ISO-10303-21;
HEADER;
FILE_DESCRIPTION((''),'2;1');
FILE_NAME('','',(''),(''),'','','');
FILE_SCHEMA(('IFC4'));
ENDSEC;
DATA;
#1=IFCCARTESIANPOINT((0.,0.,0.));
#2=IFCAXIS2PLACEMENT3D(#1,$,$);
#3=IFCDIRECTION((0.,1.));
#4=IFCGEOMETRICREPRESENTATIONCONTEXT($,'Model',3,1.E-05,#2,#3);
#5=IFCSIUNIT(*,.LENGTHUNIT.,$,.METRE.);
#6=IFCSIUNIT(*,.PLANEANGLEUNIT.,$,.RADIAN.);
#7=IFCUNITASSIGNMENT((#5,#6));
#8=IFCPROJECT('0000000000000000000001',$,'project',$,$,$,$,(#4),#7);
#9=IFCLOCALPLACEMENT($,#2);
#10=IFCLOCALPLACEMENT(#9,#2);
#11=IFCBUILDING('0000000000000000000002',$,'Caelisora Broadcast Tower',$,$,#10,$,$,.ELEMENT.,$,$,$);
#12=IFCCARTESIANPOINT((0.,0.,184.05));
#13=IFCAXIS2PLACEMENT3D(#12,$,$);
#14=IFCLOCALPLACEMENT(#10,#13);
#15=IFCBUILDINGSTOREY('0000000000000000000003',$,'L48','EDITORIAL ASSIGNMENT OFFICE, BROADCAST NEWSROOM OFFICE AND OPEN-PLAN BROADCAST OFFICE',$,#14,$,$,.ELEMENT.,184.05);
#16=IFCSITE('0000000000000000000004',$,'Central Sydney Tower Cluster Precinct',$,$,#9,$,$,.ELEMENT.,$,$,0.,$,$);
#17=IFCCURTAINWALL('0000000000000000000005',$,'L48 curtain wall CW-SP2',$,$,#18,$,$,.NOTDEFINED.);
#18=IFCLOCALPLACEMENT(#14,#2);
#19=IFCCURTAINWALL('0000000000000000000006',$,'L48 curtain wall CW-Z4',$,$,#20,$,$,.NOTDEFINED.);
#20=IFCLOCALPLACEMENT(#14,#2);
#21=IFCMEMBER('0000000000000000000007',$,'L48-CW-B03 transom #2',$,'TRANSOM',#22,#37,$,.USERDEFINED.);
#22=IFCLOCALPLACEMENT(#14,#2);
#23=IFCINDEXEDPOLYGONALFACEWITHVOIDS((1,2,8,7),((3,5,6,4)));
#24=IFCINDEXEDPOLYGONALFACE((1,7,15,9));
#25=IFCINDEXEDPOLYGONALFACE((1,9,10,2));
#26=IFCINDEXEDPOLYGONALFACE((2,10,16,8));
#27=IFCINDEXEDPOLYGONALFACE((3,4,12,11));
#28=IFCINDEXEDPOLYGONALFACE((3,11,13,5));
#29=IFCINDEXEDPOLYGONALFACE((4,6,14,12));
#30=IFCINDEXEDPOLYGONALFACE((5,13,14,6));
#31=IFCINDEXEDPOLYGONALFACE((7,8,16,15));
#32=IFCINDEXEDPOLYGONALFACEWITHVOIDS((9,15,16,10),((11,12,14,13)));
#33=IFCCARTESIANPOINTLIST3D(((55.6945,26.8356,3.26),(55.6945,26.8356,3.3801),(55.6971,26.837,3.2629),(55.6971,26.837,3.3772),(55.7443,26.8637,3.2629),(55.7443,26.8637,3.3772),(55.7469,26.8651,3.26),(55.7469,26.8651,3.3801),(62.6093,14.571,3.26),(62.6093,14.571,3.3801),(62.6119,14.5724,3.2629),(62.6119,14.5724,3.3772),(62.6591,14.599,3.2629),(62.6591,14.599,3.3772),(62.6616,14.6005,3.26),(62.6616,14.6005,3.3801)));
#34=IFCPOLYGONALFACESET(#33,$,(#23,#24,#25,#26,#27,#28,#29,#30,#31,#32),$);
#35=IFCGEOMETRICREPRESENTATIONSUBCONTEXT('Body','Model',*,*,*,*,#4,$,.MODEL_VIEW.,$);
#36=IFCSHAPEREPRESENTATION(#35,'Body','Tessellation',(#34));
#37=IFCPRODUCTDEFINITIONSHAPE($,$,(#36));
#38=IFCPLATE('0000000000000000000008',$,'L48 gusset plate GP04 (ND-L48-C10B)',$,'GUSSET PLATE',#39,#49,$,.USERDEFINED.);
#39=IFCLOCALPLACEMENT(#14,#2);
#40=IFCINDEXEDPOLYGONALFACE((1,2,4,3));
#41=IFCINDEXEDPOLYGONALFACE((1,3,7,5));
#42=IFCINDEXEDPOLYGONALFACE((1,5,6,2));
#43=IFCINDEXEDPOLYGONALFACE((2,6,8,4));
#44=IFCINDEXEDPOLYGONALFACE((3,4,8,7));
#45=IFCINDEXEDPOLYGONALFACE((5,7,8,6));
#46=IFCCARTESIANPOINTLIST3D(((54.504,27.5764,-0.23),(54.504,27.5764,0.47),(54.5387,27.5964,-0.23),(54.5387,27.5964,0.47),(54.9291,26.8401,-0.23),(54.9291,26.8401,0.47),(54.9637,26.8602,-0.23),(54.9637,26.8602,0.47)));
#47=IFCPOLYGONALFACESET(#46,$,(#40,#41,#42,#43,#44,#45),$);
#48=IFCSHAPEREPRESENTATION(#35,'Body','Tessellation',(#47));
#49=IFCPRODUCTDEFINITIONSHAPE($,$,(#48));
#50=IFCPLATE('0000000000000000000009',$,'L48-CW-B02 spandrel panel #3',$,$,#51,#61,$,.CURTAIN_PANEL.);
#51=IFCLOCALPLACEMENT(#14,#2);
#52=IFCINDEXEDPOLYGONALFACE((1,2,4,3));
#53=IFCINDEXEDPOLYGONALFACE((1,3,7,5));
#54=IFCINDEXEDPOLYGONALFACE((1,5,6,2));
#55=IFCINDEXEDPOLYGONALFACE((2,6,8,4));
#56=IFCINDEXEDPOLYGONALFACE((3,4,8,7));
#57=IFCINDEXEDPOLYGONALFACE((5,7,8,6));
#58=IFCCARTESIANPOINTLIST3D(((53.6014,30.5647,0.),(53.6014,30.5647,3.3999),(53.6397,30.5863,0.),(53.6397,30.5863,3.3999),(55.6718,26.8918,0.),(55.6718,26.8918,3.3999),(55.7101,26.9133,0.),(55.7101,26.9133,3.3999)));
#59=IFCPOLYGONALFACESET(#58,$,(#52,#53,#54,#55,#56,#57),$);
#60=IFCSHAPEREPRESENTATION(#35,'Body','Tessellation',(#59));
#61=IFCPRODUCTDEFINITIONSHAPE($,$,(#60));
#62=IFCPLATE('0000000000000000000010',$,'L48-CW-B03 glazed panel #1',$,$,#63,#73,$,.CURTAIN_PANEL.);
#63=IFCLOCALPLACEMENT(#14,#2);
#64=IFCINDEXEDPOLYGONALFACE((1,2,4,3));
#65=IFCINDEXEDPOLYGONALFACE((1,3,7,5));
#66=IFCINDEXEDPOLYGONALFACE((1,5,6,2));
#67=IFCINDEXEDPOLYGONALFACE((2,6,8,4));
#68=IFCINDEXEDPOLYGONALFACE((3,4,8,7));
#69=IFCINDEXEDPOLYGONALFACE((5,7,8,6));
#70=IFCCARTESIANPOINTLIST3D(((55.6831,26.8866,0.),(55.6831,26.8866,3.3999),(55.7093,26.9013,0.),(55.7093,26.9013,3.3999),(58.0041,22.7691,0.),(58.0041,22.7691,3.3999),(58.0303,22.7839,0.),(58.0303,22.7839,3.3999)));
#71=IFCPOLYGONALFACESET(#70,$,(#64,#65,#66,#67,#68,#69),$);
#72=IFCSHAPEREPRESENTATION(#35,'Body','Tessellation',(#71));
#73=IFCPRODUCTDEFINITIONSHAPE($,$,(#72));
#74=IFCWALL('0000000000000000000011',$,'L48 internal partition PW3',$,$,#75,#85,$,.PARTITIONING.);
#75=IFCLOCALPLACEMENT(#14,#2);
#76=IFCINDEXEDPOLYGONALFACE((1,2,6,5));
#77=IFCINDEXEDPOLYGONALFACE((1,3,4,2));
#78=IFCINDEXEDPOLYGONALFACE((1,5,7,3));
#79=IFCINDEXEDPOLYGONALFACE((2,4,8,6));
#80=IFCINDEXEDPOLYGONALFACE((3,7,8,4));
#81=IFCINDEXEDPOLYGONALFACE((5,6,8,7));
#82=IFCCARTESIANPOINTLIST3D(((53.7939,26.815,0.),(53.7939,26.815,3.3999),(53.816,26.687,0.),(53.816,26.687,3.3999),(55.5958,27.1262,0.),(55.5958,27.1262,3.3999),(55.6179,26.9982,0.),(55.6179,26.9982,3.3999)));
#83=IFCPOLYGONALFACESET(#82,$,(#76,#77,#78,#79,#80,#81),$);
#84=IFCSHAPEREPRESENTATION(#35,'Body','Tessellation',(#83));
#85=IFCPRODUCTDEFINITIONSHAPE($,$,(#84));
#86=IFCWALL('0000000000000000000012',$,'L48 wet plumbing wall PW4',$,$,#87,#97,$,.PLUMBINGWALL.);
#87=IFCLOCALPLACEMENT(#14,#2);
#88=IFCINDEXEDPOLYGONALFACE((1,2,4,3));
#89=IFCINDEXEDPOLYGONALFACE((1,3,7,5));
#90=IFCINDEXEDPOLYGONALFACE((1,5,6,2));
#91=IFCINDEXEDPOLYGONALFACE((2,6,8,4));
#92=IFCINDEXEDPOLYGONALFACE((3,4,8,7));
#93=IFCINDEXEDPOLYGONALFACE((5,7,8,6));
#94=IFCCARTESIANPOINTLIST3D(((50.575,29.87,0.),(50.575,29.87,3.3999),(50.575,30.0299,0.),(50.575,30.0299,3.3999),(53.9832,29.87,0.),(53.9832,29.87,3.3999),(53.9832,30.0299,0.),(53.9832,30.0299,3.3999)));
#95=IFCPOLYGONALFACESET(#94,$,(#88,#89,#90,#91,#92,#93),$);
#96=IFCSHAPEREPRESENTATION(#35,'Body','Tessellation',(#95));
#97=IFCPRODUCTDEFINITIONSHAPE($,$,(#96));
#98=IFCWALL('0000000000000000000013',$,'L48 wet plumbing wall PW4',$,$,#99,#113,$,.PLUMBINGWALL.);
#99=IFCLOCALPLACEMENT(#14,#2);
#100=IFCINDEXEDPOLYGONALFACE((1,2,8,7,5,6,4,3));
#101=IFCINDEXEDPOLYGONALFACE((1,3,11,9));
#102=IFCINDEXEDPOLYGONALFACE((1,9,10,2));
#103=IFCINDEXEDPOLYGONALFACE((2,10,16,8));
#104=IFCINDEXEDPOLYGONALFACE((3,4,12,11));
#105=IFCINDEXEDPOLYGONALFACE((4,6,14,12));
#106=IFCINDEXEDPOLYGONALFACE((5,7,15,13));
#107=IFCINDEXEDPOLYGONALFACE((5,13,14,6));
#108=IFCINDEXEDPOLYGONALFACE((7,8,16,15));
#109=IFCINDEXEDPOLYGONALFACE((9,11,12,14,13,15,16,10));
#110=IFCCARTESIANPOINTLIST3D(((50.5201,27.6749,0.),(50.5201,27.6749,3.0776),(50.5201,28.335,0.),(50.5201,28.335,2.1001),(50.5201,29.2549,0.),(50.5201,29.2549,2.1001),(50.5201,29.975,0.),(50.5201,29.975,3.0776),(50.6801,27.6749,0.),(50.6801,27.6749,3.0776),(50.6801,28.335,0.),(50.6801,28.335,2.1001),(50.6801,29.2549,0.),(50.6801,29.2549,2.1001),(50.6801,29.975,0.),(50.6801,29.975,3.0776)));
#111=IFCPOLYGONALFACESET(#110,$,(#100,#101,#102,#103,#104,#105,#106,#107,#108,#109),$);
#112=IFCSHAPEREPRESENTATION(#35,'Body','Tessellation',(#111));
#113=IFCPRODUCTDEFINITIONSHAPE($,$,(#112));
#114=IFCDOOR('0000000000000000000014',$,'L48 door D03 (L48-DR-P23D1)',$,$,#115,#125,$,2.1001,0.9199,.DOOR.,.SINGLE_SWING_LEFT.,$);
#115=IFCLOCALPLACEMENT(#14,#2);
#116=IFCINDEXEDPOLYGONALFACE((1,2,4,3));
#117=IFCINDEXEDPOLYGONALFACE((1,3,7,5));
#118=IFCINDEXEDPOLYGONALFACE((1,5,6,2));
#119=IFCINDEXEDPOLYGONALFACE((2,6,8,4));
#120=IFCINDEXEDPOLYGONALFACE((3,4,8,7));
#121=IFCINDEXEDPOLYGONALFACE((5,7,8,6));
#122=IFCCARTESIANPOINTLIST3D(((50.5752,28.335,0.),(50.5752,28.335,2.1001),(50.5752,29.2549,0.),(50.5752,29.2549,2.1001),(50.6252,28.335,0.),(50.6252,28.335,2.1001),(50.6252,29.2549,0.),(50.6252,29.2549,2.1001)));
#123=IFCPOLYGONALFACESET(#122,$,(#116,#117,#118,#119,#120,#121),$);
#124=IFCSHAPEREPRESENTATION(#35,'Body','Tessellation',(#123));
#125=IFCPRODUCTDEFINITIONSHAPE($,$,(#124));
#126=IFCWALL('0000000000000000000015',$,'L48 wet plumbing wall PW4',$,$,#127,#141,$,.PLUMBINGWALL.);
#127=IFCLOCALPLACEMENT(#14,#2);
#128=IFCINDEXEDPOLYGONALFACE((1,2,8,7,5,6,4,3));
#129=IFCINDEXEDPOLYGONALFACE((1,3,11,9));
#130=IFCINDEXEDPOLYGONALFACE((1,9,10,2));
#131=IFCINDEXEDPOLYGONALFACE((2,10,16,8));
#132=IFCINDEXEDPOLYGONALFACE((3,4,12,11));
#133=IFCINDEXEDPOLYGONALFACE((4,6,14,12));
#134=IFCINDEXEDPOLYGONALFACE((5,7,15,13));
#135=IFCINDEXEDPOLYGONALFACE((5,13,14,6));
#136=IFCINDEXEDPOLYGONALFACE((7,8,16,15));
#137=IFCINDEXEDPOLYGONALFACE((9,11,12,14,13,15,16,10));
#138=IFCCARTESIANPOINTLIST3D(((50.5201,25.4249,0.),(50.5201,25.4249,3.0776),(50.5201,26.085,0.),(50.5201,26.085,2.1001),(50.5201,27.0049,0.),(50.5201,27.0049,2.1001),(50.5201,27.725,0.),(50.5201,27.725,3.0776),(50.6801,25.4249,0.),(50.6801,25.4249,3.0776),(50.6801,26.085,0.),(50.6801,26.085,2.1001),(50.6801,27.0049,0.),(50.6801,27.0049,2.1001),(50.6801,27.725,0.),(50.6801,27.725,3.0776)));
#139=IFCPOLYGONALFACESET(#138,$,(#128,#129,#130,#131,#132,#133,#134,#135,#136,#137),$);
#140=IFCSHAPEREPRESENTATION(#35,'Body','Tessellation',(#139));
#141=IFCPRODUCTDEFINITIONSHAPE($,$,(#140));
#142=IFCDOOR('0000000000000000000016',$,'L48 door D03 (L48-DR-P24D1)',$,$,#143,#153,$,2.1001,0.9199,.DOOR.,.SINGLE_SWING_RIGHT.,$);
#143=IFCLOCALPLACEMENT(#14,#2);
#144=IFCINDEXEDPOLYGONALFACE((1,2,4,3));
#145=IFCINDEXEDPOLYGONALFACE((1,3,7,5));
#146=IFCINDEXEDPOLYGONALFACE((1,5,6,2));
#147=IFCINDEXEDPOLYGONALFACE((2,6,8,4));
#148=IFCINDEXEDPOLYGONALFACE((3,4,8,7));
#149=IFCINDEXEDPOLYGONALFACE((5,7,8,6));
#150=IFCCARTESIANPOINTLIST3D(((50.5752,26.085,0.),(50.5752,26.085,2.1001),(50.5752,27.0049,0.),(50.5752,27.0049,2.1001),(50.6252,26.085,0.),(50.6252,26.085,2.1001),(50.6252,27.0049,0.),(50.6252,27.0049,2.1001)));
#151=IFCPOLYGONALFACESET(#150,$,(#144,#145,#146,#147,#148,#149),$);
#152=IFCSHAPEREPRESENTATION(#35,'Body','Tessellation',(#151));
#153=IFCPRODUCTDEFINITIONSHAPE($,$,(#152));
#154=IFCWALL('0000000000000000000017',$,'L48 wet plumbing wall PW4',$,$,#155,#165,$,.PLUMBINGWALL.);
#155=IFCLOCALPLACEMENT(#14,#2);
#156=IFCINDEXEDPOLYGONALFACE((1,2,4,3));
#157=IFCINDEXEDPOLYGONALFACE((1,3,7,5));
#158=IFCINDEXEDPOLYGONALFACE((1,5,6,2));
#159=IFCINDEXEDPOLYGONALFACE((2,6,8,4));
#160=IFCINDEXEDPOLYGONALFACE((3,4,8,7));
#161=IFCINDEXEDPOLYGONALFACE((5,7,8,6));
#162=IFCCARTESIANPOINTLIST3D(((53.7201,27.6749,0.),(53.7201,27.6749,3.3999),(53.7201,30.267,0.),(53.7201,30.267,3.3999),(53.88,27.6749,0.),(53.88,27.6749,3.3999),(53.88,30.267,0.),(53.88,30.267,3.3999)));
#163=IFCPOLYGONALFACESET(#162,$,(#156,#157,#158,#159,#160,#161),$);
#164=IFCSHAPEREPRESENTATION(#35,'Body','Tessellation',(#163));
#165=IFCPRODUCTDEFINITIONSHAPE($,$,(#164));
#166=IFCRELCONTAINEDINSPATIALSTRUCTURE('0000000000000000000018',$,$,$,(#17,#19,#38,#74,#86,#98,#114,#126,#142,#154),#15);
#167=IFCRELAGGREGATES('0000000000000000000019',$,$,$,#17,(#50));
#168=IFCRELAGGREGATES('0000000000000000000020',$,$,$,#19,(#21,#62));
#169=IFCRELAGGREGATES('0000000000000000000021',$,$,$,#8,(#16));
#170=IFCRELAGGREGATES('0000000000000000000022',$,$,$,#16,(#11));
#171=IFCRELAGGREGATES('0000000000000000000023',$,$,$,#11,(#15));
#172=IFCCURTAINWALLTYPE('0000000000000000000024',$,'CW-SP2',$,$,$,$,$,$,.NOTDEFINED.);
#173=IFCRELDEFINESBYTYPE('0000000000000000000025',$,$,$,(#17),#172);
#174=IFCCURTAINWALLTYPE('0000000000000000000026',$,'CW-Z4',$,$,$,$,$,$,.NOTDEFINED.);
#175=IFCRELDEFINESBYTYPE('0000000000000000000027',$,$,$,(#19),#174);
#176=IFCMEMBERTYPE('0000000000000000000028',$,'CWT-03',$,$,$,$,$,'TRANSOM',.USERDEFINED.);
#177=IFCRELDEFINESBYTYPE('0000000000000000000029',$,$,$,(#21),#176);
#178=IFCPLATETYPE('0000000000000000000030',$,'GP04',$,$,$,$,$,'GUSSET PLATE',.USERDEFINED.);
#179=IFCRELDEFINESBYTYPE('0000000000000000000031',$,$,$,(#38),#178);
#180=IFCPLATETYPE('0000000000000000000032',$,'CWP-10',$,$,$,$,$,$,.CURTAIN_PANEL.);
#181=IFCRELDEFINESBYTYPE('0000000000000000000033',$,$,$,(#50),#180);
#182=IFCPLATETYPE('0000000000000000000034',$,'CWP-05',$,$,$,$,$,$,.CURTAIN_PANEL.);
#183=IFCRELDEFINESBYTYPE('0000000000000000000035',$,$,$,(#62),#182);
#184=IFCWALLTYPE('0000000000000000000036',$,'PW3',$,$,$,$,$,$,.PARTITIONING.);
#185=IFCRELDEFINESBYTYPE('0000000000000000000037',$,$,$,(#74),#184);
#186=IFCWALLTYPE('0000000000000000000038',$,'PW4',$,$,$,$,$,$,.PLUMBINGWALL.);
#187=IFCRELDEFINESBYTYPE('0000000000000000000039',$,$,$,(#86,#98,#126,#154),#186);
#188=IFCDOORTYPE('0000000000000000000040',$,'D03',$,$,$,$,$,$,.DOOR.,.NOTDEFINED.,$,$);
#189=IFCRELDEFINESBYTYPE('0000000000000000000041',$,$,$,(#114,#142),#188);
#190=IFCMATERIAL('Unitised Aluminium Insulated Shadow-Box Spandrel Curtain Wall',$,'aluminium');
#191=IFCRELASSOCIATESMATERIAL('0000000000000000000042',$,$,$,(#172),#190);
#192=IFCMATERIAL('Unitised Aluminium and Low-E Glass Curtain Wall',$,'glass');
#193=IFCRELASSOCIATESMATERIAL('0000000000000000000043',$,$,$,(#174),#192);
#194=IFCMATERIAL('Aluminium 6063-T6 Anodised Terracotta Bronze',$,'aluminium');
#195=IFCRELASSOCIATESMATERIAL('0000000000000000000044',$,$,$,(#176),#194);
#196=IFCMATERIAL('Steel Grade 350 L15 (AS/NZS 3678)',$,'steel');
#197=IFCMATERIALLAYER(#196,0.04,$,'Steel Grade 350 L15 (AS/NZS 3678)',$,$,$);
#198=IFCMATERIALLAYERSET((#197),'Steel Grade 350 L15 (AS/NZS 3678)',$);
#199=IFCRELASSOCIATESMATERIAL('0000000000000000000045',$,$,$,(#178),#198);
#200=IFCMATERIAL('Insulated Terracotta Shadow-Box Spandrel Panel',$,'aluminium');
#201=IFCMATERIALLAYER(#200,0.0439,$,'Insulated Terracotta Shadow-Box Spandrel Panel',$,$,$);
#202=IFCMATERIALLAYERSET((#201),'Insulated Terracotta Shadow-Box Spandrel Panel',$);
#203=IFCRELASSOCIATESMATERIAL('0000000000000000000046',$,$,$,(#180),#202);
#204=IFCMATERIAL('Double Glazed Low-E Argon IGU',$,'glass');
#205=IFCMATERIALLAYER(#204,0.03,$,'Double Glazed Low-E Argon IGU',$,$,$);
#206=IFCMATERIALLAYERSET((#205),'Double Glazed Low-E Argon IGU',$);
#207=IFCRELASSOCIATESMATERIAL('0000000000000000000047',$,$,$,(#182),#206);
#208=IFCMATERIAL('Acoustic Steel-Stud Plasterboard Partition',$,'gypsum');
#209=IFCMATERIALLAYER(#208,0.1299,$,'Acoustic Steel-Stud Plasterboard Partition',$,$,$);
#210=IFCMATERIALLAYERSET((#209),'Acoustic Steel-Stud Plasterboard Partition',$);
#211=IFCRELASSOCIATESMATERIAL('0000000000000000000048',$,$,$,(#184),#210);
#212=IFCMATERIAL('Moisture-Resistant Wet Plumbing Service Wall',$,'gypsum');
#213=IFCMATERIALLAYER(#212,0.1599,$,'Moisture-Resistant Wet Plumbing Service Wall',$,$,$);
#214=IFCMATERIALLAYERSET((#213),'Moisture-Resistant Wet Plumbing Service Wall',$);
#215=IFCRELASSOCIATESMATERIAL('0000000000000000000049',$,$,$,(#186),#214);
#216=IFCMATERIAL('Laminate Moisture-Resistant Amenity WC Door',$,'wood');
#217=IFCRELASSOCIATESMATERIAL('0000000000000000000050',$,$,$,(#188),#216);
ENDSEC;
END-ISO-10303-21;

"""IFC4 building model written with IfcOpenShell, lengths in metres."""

from ifc_helpers import new_model, si_unit, direction, frame, frame_2d, origin, origin_2d, place, context, subcontext, project, spatial, rectangle, hollow_rectangle, extrude, source, transform, mapped, material, layer, layer_set, material_profile, profile_set, type_object, type_shapes, element, fill, aggregate, save


model = new_model("IFC4")

# Units and contexts
model_context = context("Model", 3, precision=1e-05, world=origin(), true_north=direction((0.0, 1.0)))
body_context = subcontext(model_context, "Body", "Model", "MODEL_VIEW")
ifc_project = project(units=[si_unit("LENGTHUNIT", "METRE"), si_unit("PLANEANGLEUNIT", "RADIAN")], contexts=[model_context])

# Site, building, storey
site_placement = place(None, origin())
site = spatial("IfcSite", under=ifc_project, at=site_placement, Name="Central Sydney Tower Cluster Precinct", CompositionType="ELEMENT", RefElevation=0.0)
building_placement = place(site_placement, origin())
building = spatial("IfcBuilding", under=site, at=building_placement, Name="Caelisora Broadcast Tower", CompositionType="ELEMENT")
storey_placement = place(building_placement, frame((0.0, 0.0, 184.05)))
storey = spatial("IfcBuildingStorey", under=building, at=storey_placement, Name="L48", Description="EDITORIAL ASSIGNMENT OFFICE, BROADCAST NEWSROOM OFFICE AND OPEN-PLAN BROADCAST OFFICE", CompositionType="ELEMENT", Elevation=184.05)

# Shared definitions
ifc_material_1 = material(Name="Steel Grade 350 L15 (AS/NZS 3678)", Category="steel")

# Curtain wall
ifc_material_2 = material(Name="Unitised Aluminium Insulated Shadow-Box Spandrel Curtain Wall", Category="aluminium")
curtain_wall_type_1 = type_object("IfcCurtainWallType", Name="CW-SP2", PredefinedType="NOTDEFINED", material=ifc_material_2)
curtain_wall_1_placement = place(storey_placement, origin())
curtain_wall_1 = element("IfcCurtainWall", 1, at=curtain_wall_1_placement, inside=storey, type_object=curtain_wall_type_1, Name="L48 curtain wall CW-SP2", PredefinedType="NOTDEFINED")
ifc_material_3 = material(Name="Aluminium 6063-T6 Anodised Terracotta Bronze", Category="aluminium")

# Curtain wall, member
ifc_material_4 = material(Name="Unitised Aluminium and Low-E Glass Curtain Wall", Category="glass")
curtain_wall_type_2 = type_object("IfcCurtainWallType", Name="CW-Z4", PredefinedType="NOTDEFINED", material=ifc_material_4)
curtain_wall_2_placement = place(storey_placement, origin())
curtain_wall_2 = element("IfcCurtainWall", 2, at=curtain_wall_2_placement, inside=storey, type_object=curtain_wall_type_2, Name="L48 curtain wall CW-Z4", PredefinedType="NOTDEFINED")
ifc_material_profile_1 = material_profile(ifc_material_3, hollow_rectangle(XDim=0.0601, YDim=0.1201, WallThickness=0.0029, at=origin_2d()), Name="Aluminium 6063-T6 Anodised Terracotta Bronze")
ifc_profile_set_1 = profile_set([ifc_material_profile_1], Name="Aluminium 6063-T6 Anodised Terracotta Bronze")
member_type_1 = type_object("IfcMemberType", Name="CWT-03", ElementType="TRANSOM", PredefinedType="USERDEFINED", material=ifc_profile_set_1)
shared_shape_1 = source(origin(), body_context, "Body", "SweptSolid", [
    extrude(hollow_rectangle(XDim=0.0601, YDim=0.1201, WallThickness=0.0029, at=origin_2d()), origin(), (0.0, 0.0, 1.0), 14.0796),
])
type_shapes(member_type_1, [shared_shape_1])
member_1_placement = place(storey_placement, frame((55.7207, 26.8503, 3.3201), z_axis=(0.49112, -0.871092, 0.0), x_axis=(0.871092, 0.49112, 0.0)))
member_1 = element("IfcMember", 3, at=member_1_placement, type_object=member_type_1, Name="L48-CW-B03 transom #2", ObjectType="TRANSOM", PredefinedType="USERDEFINED", context=body_context, shape_type="MappedRepresentation", body=[
    mapped(shared_shape_1, transform((0.0, 0.0, 0.0), scale=1.0)),
])

# Plates
ifc_layer_1 = layer(ifc_material_1, 0.04, Name="Steel Grade 350 L15 (AS/NZS 3678)")
ifc_layer_set_1 = layer_set([ifc_layer_1], Name="Steel Grade 350 L15 (AS/NZS 3678)")
plate_type_1 = type_object("IfcPlateType", Name="GP04", ElementType="GUSSET PLATE", PredefinedType="USERDEFINED", material=ifc_layer_set_1)
shared_shape_2 = source(origin(), body_context, "Body", "SweptSolid", [
    extrude(rectangle(XDim=0.8501, YDim=0.04, at=origin_2d()), origin(), (0.0, 0.0, 1.0), 0.7),
])
type_shapes(plate_type_1, [shared_shape_2])
plate_1_placement = place(storey_placement, frame((54.7339, 27.2183, -0.23), z_axis=(0.0, 0.0, 1.0), x_axis=(-0.5, 0.866025, 0.0)))
element("IfcPlate", 4, at=plate_1_placement, inside=storey, type_object=plate_type_1, Name="L48 gusset plate GP04 (ND-L48-C10B)", ObjectType="GUSSET PLATE", PredefinedType="USERDEFINED", context=body_context, shape_type="MappedRepresentation", body=[
    mapped(shared_shape_2, transform((0.0, 0.0, 0.0), scale=1.0)),
])
ifc_material_5 = material(Name="Insulated Terracotta Shadow-Box Spandrel Panel", Category="aluminium")
ifc_layer_2 = layer(ifc_material_5, 0.0439, Name="Insulated Terracotta Shadow-Box Spandrel Panel")
ifc_layer_set_2 = layer_set([ifc_layer_2], Name="Insulated Terracotta Shadow-Box Spandrel Panel")
plate_type_2 = type_object("IfcPlateType", Name="CWP-10", PredefinedType="CURTAIN_PANEL", material=ifc_layer_set_2)
shared_shape_3 = source(origin(), body_context, "Body", "SweptSolid", [
    extrude(rectangle(XDim=4.2163, YDim=0.0439, at=origin_2d()), origin(), (0.0, 0.0, 1.0), 3.3999),
])
type_shapes(plate_type_2, [shared_shape_3])
plate_2_placement = place(storey_placement, frame((54.6558, 28.739, 0.0), z_axis=(0.0, 0.0, 1.0), x_axis=(0.491056, -0.871128, 0.0)))
plate_2 = element("IfcPlate", 5, at=plate_2_placement, type_object=plate_type_2, Name="L48-CW-B02 spandrel panel #3", PredefinedType="CURTAIN_PANEL", context=body_context, shape_type="MappedRepresentation", body=[
    mapped(shared_shape_3, transform((0.0, 0.0, 0.0), scale=1.0)),
])
aggregate(curtain_wall_1, [plate_2])
ifc_material_6 = material(Name="Double Glazed Low-E Argon IGU", Category="glass")
ifc_layer_3 = layer(ifc_material_6, 0.03, Name="Double Glazed Low-E Argon IGU")
ifc_layer_set_3 = layer_set([ifc_layer_3], Name="Double Glazed Low-E Argon IGU")
plate_type_3 = type_object("IfcPlateType", Name="CWP-05", PredefinedType="CURTAIN_PANEL", material=ifc_layer_set_3)
shared_shape_4 = source(origin(), body_context, "Body", "SweptSolid", [
    extrude(rectangle(XDim=4.7266, YDim=0.03, at=origin_2d()), origin(), (0.0, 0.0, 1.0), 3.3999),
])
type_shapes(plate_type_3, [shared_shape_4])
plate_3_placement = place(storey_placement, frame((56.8567, 24.8352, 0.0), z_axis=(0.0, 0.0, 1.0), x_axis=(0.491056, -0.871128, 0.0)))
plate_3 = element("IfcPlate", 6, at=plate_3_placement, type_object=plate_type_3, Name="L48-CW-B03 glazed panel #1", PredefinedType="CURTAIN_PANEL", context=body_context, shape_type="MappedRepresentation", body=[
    mapped(shared_shape_4, transform((0.0, 0.0, 0.0), scale=1.0)),
])
aggregate(curtain_wall_2, [member_1, plate_3])

# Walls
ifc_material_7 = material(Name="Acoustic Steel-Stud Plasterboard Partition", Category="gypsum")
ifc_layer_4 = layer(ifc_material_7, 0.1299, Name="Acoustic Steel-Stud Plasterboard Partition")
ifc_layer_set_4 = layer_set([ifc_layer_4], Name="Acoustic Steel-Stud Plasterboard Partition")
wall_type_1 = type_object("IfcWallType", Name="PW3", PredefinedType="PARTITIONING", material=ifc_layer_set_4)
wall_1_placement = place(storey_placement, frame((53.8049, 26.751, 0.0), z_axis=(0.0, 0.0, 1.0), x_axis=(0.985406, 0.17022, 0.0)))
element("IfcWall", 7, at=wall_1_placement, inside=storey, type_object=wall_type_1, Name="L48 internal partition PW3", PredefinedType="PARTITIONING", context=body_context, shape_type="SweptSolid", body=[
    extrude(rectangle(XDim=1.8286, YDim=0.1299, at=frame_2d((0.9143, 0.0))), origin(), (0.0, 0.0, 1.0), 3.3999),
])
ifc_material_8 = material(Name="Moisture-Resistant Wet Plumbing Service Wall", Category="gypsum")
ifc_layer_5 = layer(ifc_material_8, 0.1599, Name="Moisture-Resistant Wet Plumbing Service Wall")
ifc_layer_set_5 = layer_set([ifc_layer_5], Name="Moisture-Resistant Wet Plumbing Service Wall")
wall_type_2 = type_object("IfcWallType", Name="PW4", PredefinedType="PLUMBINGWALL", material=ifc_layer_set_5)
wall_2_placement = place(storey_placement, frame((53.9832, 29.95, 0.0), z_axis=(0.0, 0.0, 1.0), x_axis=(-1.0, 0.0, 0.0)))
element("IfcWall", 8, at=wall_2_placement, inside=storey, type_object=wall_type_2, Name="L48 wet plumbing wall PW4", PredefinedType="PLUMBINGWALL", context=body_context, shape_type="SweptSolid", body=[
    extrude(rectangle(XDim=3.4082, YDim=0.1599, at=frame_2d((1.7041, 0.0))), origin(), (0.0, 0.0, 1.0), 3.3999),
])

# Walls, openings, doors
wall_3_placement = place(storey_placement, frame((50.6001, 27.675, 0.0), z_axis=(0.0, 0.0, 1.0), x_axis=(0.0, 1.0, 0.0)))
wall_3 = element("IfcWall", 9, at=wall_3_placement, inside=storey, type_object=wall_type_2, Name="L48 wet plumbing wall PW4", PredefinedType="PLUMBINGWALL", context=body_context, shape_type="SweptSolid", body=[
    extrude(rectangle(XDim=2.3, YDim=0.1599, at=frame_2d((1.1499, 0.0))), origin(), (0.0, 0.0, 1.0), 3.0776),
])
opening_1_placement = place(wall_3_placement, frame((0.6599, 0.0, 0.0)))
opening_1 = element("IfcOpeningElement", 10, at=opening_1_placement, cuts=wall_3, PredefinedType="OPENING", context=body_context, shape_type="SweptSolid", body=[
    extrude(rectangle(XDim=0.9199, YDim=2.1001, at=frame_2d((0.46, 1.05))), frame((0.0, 0.092, 0.0), z_axis=(0.0, -1.0, 0.0), x_axis=(1.0, 0.0, 0.0)), (0.0, 0.0, 1.0), 0.1838),
])
ifc_material_9 = material(Name="Laminate Moisture-Resistant Amenity WC Door", Category="wood")
door_type = type_object("IfcDoorType", Name="D03", OperationType="NOTDEFINED", PredefinedType="DOOR", material=ifc_material_9)
door_1_placement = place(opening_1_placement, origin())
door_1 = element("IfcDoor", 11, at=door_1_placement, inside=storey, type_object=door_type, Name="L48 door D03 (L48-DR-P23D1)", OperationType="SINGLE_SWING_LEFT", OverallHeight=2.1001, OverallWidth=0.9199, PredefinedType="DOOR", context=body_context, shape_type="SweptSolid", body=[
    extrude(rectangle(XDim=0.9199, YDim=2.1001, at=frame_2d((0.46, 1.05))), frame((0.0, 0.0249, 0.0), z_axis=(0.0, -1.0, 0.0), x_axis=(1.0, 0.0, 0.0)), (0.0, 0.0, 1.0), 0.05),
])
fill(opening_1, door_1)
wall_4_placement = place(storey_placement, frame((50.6001, 25.425, 0.0), z_axis=(0.0, 0.0, 1.0), x_axis=(0.0, 1.0, 0.0)))
wall_4 = element("IfcWall", 12, at=wall_4_placement, inside=storey, type_object=wall_type_2, Name="L48 wet plumbing wall PW4", PredefinedType="PLUMBINGWALL", context=body_context, shape_type="SweptSolid", body=[
    extrude(rectangle(XDim=2.3, YDim=0.1599, at=frame_2d((1.1499, 0.0))), origin(), (0.0, 0.0, 1.0), 3.0776),
])
opening_2_placement = place(wall_4_placement, frame((0.6599, 0.0, 0.0)))
opening_2 = element("IfcOpeningElement", 13, at=opening_2_placement, cuts=wall_4, PredefinedType="OPENING", context=body_context, shape_type="SweptSolid", body=[
    extrude(rectangle(XDim=0.9199, YDim=2.1001, at=frame_2d((0.46, 1.05))), frame((0.0, 0.092, 0.0), z_axis=(0.0, -1.0, 0.0), x_axis=(1.0, 0.0, 0.0)), (0.0, 0.0, 1.0), 0.1838),
])
door_2_placement = place(opening_2_placement, origin())
door_2 = element("IfcDoor", 14, at=door_2_placement, inside=storey, type_object=door_type, Name="L48 door D03 (L48-DR-P24D1)", OperationType="SINGLE_SWING_RIGHT", OverallHeight=2.1001, OverallWidth=0.9199, PredefinedType="DOOR", context=body_context, shape_type="SweptSolid", body=[
    extrude(rectangle(XDim=0.9199, YDim=2.1001, at=frame_2d((0.46, 1.05))), frame((0.0, 0.0249, 0.0), z_axis=(0.0, -1.0, 0.0), x_axis=(1.0, 0.0, 0.0)), (0.0, 0.0, 1.0), 0.05),
])
fill(opening_2, door_2)

# Wall
wall_5_placement = place(storey_placement, frame((53.8, 27.675, 0.0), z_axis=(0.0, 0.0, 1.0), x_axis=(0.0, 1.0, 0.0)))
element("IfcWall", 15, at=wall_5_placement, inside=storey, type_object=wall_type_2, Name="L48 wet plumbing wall PW4", PredefinedType="PLUMBINGWALL", context=body_context, shape_type="SweptSolid", body=[
    extrude(rectangle(XDim=2.592, YDim=0.1599, at=frame_2d((1.2959, 0.0))), origin(), (0.0, 0.0, 1.0), 3.3999),
])

save(model, "model.ifc")
